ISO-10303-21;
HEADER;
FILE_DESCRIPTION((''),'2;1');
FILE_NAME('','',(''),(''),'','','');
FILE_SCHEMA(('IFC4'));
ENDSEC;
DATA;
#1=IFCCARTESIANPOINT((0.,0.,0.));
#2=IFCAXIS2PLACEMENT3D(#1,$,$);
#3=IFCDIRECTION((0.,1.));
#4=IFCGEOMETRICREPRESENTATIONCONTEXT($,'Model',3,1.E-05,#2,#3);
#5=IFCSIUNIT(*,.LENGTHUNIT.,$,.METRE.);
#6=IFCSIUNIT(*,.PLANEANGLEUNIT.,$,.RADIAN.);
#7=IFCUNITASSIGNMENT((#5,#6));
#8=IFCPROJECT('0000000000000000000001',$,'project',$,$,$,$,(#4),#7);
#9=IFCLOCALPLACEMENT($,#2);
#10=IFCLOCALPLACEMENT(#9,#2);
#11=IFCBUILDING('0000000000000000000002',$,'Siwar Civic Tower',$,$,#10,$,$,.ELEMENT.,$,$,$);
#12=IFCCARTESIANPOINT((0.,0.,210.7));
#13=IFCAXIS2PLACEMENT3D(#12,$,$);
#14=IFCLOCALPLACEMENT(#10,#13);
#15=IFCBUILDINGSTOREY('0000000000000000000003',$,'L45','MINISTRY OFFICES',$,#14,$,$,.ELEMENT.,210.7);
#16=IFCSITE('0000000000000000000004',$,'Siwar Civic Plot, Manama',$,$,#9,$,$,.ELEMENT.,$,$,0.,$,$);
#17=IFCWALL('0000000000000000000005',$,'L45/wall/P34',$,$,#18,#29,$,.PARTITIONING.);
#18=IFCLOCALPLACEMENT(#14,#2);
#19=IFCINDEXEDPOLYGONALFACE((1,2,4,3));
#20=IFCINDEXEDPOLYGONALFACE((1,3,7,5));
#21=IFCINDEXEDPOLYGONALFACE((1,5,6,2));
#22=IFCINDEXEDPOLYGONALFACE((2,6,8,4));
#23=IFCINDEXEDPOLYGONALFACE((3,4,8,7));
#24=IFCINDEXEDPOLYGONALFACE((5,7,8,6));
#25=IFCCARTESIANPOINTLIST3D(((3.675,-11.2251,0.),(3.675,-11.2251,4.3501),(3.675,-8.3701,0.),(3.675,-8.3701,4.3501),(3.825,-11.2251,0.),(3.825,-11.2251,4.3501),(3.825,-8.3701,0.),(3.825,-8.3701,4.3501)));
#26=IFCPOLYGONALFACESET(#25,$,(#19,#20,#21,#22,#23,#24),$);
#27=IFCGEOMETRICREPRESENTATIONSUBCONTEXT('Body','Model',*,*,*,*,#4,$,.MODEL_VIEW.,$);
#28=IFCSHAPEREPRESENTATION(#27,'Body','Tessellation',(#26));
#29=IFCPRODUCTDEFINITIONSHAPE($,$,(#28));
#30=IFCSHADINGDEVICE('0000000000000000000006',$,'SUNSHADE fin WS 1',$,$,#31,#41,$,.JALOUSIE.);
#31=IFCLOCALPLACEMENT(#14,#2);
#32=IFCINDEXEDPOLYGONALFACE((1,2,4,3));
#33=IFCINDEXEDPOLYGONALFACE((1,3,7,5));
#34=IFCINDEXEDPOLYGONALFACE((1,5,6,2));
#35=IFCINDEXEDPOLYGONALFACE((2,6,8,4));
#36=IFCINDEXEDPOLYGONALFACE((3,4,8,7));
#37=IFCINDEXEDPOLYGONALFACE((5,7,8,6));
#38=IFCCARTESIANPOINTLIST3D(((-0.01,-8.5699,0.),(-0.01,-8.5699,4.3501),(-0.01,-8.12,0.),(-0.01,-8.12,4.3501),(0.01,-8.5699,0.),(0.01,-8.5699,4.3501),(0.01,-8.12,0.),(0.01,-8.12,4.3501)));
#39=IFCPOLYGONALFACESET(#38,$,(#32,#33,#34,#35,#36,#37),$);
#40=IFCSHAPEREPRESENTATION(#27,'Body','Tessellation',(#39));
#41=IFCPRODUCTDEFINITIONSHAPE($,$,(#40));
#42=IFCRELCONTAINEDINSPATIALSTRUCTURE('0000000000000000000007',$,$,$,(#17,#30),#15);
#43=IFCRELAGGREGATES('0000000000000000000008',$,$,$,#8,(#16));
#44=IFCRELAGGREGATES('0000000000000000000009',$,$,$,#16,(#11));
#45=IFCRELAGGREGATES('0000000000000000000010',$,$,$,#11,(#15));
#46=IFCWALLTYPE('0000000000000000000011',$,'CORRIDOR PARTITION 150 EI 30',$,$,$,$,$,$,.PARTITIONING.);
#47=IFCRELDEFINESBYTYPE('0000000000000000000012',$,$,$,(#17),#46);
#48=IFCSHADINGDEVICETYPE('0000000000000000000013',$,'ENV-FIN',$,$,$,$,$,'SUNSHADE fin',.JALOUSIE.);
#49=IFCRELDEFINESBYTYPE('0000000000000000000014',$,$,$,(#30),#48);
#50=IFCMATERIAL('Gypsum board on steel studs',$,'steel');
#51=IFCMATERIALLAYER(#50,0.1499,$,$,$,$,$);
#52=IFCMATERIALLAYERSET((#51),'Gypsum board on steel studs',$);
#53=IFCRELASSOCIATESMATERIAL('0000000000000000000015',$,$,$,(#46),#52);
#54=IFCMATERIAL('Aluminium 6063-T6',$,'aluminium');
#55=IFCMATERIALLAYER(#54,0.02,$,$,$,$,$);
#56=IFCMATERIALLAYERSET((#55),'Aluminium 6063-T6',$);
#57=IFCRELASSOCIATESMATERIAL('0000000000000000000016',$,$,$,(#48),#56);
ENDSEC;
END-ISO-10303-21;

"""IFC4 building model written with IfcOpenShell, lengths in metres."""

from ifc_helpers import new_model, si_unit, direction, frame, frame_2d, origin, origin_2d, place, context, subcontext, project, spatial, rectangle, extrude, material, layer, layer_set, type_object, element, save


model = new_model("IFC4")

# Units and contexts
model_context = context("Model", 3, precision=1e-05, world=origin(), true_north=direction((0.0, 1.0)))
body_context = subcontext(model_context, "Body", "Model", "MODEL_VIEW")
ifc_project = project(units=[si_unit("LENGTHUNIT", "METRE"), si_unit("PLANEANGLEUNIT", "RADIAN")], contexts=[model_context])

# Site, building, storey
site_placement = place(None, origin())
site = spatial("IfcSite", under=ifc_project, at=site_placement, Name="Siwar Civic Plot, Manama", CompositionType="ELEMENT", RefElevation=0.0)
building_placement = place(site_placement, origin())
building = spatial("IfcBuilding", under=site, at=building_placement, Name="Siwar Civic Tower", CompositionType="ELEMENT")
storey_placement = place(building_placement, frame((0.0, 0.0, 210.7)))
storey = spatial("IfcBuildingStorey", under=building, at=storey_placement, Name="L45", Description="MINISTRY OFFICES", CompositionType="ELEMENT", Elevation=210.7)

# Wall
ifc_material_1 = material(Name="Gypsum board on steel studs", Category="steel")
ifc_layer_1 = layer(ifc_material_1, 0.1499)
ifc_layer_set_1 = layer_set([ifc_layer_1], Name="Gypsum board on steel studs")
wall_type = type_object("IfcWallType", Name="CORRIDOR PARTITION 150 EI 30", PredefinedType="PARTITIONING", material=ifc_layer_set_1)
wall_placement = place(storey_placement, frame((3.75, -11.2251, 0.0), z_axis=(0.0, 0.0, 1.0), x_axis=(0.0, 1.0, 0.0)))
element("IfcWall", 1, at=wall_placement, inside=storey, type_object=wall_type, Name="L45/wall/P34", PredefinedType="PARTITIONING", context=body_context, shape_type="SweptSolid", body=[
    extrude(rectangle(XDim=2.855, YDim=0.1499, at=frame_2d((1.4275, 0.0))), origin(), (0.0, 0.0, 1.0), 4.3501),
])

# Shading device
ifc_material_2 = material(Name="Aluminium 6063-T6", Category="aluminium")
ifc_layer_2 = layer(ifc_material_2, 0.02)
ifc_layer_set_2 = layer_set([ifc_layer_2], Name="Aluminium 6063-T6")
shading_device_type = type_object("IfcShadingDeviceType", Name="ENV-FIN", ElementType="SUNSHADE fin", PredefinedType="JALOUSIE", material=ifc_layer_set_2)
shading_device_placement = place(storey_placement, frame((0.0, -8.345, 0.0), z_axis=(0.0, 0.0, 1.0), x_axis=(1.0, 0.0, 0.0)))
element("IfcShadingDevice", 2, at=shading_device_placement, inside=storey, type_object=shading_device_type, Name="SUNSHADE fin WS 1", PredefinedType="JALOUSIE", context=body_context, shape_type="SweptSolid", body=[
    extrude(rectangle(XDim=0.02, YDim=0.45, at=origin_2d()), origin(), (0.0, 0.0, 1.0), 4.3501),
])

save(model, "model.ifc")
